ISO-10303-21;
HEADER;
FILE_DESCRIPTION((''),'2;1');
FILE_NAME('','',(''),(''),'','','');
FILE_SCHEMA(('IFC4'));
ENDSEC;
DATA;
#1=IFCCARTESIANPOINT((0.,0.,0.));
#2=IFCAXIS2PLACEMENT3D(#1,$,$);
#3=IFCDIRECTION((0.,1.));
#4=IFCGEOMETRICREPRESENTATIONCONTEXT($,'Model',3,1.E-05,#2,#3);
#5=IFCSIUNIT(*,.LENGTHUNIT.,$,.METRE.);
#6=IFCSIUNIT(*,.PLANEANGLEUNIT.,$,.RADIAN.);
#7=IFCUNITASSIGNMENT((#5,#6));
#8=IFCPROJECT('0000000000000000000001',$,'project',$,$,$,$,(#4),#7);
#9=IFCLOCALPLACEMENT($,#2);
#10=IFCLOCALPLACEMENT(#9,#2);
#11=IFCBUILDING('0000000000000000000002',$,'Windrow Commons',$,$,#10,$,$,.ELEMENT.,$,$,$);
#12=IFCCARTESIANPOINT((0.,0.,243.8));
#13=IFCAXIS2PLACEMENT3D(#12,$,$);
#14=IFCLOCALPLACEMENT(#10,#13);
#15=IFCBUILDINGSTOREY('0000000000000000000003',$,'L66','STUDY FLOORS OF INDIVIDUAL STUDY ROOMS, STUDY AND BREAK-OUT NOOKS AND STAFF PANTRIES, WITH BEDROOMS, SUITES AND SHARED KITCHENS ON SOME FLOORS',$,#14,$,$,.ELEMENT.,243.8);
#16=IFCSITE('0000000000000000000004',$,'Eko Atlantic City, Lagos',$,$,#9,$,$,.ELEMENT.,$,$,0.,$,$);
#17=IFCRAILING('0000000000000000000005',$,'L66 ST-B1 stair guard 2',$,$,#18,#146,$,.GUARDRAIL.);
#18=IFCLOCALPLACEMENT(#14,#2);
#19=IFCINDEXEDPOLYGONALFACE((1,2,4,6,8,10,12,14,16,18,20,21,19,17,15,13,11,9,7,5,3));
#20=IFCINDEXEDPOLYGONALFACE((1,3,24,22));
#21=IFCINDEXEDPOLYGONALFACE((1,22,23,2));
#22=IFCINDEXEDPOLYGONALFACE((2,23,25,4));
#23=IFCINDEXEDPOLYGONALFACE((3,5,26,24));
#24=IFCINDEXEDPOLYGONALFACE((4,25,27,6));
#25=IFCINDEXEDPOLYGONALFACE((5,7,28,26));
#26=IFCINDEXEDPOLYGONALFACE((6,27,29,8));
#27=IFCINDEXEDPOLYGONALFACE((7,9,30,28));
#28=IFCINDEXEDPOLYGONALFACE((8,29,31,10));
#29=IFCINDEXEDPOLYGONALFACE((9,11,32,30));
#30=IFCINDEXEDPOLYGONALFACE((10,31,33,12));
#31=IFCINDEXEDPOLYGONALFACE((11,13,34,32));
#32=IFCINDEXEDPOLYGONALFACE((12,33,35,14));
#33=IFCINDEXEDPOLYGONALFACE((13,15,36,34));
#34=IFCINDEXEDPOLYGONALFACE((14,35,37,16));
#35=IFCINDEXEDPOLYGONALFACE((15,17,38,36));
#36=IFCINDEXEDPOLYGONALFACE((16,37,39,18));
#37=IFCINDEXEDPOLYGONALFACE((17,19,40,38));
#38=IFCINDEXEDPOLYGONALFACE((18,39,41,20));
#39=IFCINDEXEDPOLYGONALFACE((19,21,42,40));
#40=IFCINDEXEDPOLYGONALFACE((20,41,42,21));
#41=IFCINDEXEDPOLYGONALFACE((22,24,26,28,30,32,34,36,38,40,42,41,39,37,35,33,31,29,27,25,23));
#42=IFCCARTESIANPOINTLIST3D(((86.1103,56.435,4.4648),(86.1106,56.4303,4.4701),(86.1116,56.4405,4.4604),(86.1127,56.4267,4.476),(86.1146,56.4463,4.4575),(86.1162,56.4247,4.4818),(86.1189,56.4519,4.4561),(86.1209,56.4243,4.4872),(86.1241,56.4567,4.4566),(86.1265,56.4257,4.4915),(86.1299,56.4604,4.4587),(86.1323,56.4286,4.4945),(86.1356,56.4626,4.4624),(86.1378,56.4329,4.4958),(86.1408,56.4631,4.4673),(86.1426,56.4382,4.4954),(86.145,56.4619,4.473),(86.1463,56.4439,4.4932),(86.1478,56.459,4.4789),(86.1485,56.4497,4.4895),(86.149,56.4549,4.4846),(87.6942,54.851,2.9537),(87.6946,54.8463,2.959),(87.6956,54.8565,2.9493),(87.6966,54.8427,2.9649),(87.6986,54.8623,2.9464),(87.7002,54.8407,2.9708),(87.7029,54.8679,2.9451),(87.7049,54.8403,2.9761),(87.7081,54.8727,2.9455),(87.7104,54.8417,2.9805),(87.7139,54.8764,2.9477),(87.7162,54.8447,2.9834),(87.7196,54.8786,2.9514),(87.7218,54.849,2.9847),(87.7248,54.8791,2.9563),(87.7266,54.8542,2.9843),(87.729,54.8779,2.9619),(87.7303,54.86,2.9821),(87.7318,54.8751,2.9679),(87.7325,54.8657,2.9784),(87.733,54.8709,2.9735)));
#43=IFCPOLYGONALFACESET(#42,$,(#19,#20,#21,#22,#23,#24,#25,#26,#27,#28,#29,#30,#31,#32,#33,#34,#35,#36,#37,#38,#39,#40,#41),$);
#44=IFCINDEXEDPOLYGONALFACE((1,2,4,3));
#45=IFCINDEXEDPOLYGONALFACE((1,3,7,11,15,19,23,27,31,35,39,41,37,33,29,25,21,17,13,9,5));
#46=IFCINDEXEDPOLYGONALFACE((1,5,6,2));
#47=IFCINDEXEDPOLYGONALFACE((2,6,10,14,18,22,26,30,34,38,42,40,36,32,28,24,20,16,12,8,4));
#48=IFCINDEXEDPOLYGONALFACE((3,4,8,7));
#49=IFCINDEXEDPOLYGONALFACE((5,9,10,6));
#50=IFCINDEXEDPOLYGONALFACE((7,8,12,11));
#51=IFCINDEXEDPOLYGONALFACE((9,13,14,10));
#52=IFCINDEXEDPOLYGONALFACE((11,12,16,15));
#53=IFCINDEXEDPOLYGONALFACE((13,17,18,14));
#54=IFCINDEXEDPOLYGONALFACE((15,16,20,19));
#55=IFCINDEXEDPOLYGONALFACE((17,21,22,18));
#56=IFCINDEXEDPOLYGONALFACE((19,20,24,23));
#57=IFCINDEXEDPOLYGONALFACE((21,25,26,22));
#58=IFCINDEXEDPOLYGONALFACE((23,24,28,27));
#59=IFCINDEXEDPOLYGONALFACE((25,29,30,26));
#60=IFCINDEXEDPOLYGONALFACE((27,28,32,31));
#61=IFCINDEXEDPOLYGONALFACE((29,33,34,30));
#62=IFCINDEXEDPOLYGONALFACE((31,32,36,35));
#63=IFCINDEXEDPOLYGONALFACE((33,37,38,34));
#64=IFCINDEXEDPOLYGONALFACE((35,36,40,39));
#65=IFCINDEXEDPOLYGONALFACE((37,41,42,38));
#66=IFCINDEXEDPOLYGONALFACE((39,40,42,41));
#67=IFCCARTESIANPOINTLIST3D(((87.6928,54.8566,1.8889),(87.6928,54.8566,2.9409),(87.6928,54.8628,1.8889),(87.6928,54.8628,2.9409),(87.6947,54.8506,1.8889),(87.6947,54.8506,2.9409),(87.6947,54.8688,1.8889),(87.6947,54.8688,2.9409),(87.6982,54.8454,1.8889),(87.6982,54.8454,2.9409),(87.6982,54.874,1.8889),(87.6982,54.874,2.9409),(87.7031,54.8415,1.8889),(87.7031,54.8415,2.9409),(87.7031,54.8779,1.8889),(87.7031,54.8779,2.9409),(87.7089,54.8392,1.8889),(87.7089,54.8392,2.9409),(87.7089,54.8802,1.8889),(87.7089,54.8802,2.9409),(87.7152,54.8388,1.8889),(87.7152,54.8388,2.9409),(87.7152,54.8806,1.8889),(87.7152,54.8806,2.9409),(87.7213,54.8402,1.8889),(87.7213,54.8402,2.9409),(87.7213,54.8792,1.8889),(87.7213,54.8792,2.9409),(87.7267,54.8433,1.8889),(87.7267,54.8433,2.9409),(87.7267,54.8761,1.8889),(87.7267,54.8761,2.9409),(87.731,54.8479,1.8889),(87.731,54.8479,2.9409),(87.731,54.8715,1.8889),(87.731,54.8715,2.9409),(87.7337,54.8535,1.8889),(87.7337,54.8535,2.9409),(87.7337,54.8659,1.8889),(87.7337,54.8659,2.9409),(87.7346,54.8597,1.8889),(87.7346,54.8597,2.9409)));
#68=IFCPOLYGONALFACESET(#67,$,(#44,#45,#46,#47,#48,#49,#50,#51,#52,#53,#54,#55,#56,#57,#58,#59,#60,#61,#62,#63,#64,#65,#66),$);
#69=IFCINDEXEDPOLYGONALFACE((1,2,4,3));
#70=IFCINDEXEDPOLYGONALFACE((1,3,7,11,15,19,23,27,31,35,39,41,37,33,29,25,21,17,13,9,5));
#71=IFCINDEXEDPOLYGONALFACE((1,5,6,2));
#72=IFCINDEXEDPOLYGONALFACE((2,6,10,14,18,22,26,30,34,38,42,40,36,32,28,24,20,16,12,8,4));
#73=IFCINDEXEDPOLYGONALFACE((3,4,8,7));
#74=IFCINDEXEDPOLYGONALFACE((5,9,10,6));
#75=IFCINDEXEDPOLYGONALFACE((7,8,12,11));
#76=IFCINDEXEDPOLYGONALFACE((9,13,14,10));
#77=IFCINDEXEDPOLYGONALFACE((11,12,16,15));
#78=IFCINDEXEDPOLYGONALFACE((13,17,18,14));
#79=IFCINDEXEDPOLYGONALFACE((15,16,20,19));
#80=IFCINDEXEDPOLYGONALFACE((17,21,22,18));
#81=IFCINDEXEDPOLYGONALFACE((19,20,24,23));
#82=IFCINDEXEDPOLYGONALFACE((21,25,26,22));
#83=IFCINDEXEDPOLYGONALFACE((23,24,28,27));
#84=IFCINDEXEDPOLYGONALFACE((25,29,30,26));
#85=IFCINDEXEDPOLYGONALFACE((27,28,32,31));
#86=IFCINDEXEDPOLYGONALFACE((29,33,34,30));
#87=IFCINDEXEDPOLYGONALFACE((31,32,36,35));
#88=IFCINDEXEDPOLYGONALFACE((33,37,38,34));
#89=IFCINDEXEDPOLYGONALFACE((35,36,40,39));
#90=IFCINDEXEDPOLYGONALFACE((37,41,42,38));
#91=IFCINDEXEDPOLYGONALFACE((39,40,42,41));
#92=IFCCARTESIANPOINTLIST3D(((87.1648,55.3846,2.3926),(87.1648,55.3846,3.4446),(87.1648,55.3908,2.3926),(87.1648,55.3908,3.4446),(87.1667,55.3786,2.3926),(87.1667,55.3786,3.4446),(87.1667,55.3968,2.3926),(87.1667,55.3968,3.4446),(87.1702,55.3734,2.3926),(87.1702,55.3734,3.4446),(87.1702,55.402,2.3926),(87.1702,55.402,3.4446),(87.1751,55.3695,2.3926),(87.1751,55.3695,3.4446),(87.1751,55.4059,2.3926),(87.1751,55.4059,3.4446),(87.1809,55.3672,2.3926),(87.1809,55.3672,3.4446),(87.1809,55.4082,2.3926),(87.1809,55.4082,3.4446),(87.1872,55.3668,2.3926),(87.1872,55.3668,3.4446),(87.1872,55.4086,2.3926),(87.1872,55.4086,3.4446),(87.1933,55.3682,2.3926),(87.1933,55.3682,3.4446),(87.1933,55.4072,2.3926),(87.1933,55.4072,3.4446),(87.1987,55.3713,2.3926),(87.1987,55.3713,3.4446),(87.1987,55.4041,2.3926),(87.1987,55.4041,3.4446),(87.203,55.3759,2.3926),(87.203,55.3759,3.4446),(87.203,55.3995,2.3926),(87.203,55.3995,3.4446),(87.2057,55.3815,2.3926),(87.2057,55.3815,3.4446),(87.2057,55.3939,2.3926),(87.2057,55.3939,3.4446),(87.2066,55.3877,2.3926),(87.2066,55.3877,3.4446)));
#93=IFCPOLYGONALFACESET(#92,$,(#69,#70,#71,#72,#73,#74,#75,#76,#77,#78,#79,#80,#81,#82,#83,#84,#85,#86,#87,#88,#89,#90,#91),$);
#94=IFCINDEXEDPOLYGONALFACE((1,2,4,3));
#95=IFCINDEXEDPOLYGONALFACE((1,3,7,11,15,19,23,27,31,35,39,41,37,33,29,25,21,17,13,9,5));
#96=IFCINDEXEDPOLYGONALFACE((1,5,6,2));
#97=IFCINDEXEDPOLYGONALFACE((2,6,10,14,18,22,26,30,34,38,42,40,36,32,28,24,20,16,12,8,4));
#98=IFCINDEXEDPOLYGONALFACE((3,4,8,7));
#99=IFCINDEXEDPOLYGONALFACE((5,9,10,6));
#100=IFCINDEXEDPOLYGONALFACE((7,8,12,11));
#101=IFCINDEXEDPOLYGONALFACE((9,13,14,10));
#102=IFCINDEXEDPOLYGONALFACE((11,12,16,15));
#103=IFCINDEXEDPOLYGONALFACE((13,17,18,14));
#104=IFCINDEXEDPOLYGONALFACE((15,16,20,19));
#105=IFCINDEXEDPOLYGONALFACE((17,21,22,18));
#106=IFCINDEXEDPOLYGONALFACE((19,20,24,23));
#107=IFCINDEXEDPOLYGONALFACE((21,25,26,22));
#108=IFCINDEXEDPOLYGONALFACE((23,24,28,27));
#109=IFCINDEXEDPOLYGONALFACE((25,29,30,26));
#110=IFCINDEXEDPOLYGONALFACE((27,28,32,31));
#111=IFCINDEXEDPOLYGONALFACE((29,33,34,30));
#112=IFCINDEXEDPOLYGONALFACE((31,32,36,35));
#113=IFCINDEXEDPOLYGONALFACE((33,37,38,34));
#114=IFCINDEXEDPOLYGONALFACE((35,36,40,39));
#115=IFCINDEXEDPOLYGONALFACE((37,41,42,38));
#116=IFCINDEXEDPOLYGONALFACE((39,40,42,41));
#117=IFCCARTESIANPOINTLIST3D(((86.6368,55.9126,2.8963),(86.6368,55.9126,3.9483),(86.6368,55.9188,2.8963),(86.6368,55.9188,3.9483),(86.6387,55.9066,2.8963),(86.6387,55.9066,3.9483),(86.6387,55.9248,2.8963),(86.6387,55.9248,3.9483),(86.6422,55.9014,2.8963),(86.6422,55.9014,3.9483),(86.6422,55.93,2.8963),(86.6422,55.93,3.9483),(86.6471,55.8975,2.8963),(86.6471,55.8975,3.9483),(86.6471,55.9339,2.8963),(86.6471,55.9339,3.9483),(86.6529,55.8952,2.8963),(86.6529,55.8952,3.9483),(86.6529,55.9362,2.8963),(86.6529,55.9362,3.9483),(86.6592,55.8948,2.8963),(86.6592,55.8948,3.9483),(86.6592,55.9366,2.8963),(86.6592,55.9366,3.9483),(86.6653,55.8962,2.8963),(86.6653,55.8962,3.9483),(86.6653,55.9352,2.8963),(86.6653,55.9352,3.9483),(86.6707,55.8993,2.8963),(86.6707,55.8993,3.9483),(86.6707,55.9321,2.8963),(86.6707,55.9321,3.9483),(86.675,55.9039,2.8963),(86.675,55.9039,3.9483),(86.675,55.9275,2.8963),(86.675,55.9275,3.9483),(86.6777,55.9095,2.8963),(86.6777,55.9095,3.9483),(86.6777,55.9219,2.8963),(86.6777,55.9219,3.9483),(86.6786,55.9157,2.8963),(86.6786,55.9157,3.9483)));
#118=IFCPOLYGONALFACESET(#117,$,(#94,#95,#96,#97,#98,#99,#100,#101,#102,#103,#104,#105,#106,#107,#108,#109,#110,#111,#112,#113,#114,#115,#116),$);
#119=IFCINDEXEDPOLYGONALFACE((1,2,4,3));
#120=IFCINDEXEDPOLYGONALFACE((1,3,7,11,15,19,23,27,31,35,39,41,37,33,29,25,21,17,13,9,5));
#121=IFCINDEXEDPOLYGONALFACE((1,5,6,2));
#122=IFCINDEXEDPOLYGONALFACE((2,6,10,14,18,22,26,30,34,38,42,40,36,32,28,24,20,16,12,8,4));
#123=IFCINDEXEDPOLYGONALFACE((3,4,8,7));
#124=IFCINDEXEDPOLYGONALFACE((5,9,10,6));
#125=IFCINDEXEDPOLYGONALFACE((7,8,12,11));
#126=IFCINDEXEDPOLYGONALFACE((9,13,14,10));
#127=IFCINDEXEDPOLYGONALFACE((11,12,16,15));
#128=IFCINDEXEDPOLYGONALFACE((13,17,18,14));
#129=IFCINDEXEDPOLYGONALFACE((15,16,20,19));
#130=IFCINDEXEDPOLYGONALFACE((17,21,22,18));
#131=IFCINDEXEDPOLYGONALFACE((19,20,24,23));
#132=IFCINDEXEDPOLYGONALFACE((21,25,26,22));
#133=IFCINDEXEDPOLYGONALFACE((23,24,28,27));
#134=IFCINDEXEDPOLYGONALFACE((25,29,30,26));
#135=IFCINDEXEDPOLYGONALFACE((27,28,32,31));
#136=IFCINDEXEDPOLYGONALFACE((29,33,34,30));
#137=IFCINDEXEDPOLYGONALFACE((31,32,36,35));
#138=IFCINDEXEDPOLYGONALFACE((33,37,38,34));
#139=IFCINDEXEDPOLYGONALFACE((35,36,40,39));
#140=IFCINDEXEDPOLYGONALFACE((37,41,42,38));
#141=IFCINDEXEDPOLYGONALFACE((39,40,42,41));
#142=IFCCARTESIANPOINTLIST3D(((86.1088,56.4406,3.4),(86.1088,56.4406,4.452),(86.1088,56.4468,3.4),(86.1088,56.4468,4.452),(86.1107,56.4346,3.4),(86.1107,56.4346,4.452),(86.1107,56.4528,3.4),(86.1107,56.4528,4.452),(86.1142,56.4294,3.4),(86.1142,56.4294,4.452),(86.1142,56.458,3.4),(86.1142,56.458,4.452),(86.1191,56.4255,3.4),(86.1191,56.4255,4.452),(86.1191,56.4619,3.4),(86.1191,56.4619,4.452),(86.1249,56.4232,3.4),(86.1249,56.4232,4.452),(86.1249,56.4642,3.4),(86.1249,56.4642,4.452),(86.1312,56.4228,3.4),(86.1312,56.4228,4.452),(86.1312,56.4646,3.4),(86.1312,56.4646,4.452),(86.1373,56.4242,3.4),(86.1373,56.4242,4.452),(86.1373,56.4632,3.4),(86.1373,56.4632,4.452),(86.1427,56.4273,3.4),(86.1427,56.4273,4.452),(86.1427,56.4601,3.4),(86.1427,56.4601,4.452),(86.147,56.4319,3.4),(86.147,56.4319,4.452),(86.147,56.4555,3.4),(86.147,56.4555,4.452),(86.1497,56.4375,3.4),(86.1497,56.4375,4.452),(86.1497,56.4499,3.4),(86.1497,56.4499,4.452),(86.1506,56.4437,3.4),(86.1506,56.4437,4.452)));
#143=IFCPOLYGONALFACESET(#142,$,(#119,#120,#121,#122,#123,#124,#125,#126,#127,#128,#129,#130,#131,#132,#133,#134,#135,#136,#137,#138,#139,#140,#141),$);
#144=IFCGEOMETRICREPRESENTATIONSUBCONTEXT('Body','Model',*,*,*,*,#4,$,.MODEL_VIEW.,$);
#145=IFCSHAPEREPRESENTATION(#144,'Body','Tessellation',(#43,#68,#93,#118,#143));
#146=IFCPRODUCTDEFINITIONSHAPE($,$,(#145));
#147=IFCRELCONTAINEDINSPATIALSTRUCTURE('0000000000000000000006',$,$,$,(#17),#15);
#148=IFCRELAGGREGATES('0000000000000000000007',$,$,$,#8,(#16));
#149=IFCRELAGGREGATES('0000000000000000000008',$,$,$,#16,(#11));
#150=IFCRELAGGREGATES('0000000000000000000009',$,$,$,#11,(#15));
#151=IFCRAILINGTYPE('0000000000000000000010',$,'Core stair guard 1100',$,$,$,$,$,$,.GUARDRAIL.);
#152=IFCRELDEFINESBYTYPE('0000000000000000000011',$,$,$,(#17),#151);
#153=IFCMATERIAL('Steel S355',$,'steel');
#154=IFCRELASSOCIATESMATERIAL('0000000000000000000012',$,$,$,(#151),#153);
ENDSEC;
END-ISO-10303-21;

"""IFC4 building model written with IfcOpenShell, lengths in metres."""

from ifc_helpers import new_model, si_unit, direction, frame, origin, origin_2d, place, context, subcontext, project, spatial, circle, extrude, material, type_object, element, save


model = new_model("IFC4")

# Units and contexts
model_context = context("Model", 3, precision=1e-05, world=origin(), true_north=direction((0.0, 1.0)))
body_context = subcontext(model_context, "Body", "Model", "MODEL_VIEW")
ifc_project = project(units=[si_unit("LENGTHUNIT", "METRE"), si_unit("PLANEANGLEUNIT", "RADIAN")], contexts=[model_context])

# Site, building, storey
site_placement = place(None, origin())
site = spatial("IfcSite", under=ifc_project, at=site_placement, Name="Eko Atlantic City, Lagos", CompositionType="ELEMENT", RefElevation=0.0)
building_placement = place(site_placement, origin())
building = spatial("IfcBuilding", under=site, at=building_placement, Name="Windrow Commons", CompositionType="ELEMENT")
storey_placement = place(building_placement, frame((0.0, 0.0, 243.8)))
storey = spatial("IfcBuildingStorey", under=building, at=storey_placement, Name="L66", Description="STUDY FLOORS OF INDIVIDUAL STUDY ROOMS, STUDY AND BREAK-OUT NOOKS AND STAFF PANTRIES, WITH BEDROOMS, SUITES AND SHARED KITCHENS ON SOME FLOORS", CompositionType="ELEMENT", Elevation=243.8)

# Railing
ifc_material_1 = material(Name="Steel S355", Category="steel")
railing_type_1 = type_object("IfcRailingType", Name="Core stair guard 1100", PredefinedType="GUARDRAIL", material=ifc_material_1)
railing_1_placement = place(storey_placement, frame((87.7136, 54.8597, 1.8889)))
element("IfcRailing", 1, at=railing_1_placement, inside=storey, type_object=railing_type_1, Name="L66 ST-B1 stair guard 2", PredefinedType="GUARDRAIL", context=body_context, shape_type="SweptSolid", body=[
    extrude(circle(Radius=0.024, at=origin_2d()), frame((0.0, 0.0, 1.076), z_axis=(-0.586203, 0.586203, 0.559224), x_axis=(-0.707107, -0.707107, 0.0)), (0.0, 0.0, 1.0), 2.7021),
    extrude(circle(Radius=0.021, at=origin_2d()), origin(), (0.0, 0.0, 1.0), 1.052),
    extrude(circle(Radius=0.021, at=origin_2d()), frame((-0.528, 0.528, 0.5037)), (0.0, 0.0, 1.0), 1.052),
    extrude(circle(Radius=0.021, at=origin_2d()), frame((-1.056, 1.056, 1.0074)), (0.0, 0.0, 1.0), 1.052),
    extrude(circle(Radius=0.021, at=origin_2d()), frame((-1.584, 1.584, 1.5111)), (0.0, 0.0, 1.0), 1.052),
])

save(model, "model.ifc")
